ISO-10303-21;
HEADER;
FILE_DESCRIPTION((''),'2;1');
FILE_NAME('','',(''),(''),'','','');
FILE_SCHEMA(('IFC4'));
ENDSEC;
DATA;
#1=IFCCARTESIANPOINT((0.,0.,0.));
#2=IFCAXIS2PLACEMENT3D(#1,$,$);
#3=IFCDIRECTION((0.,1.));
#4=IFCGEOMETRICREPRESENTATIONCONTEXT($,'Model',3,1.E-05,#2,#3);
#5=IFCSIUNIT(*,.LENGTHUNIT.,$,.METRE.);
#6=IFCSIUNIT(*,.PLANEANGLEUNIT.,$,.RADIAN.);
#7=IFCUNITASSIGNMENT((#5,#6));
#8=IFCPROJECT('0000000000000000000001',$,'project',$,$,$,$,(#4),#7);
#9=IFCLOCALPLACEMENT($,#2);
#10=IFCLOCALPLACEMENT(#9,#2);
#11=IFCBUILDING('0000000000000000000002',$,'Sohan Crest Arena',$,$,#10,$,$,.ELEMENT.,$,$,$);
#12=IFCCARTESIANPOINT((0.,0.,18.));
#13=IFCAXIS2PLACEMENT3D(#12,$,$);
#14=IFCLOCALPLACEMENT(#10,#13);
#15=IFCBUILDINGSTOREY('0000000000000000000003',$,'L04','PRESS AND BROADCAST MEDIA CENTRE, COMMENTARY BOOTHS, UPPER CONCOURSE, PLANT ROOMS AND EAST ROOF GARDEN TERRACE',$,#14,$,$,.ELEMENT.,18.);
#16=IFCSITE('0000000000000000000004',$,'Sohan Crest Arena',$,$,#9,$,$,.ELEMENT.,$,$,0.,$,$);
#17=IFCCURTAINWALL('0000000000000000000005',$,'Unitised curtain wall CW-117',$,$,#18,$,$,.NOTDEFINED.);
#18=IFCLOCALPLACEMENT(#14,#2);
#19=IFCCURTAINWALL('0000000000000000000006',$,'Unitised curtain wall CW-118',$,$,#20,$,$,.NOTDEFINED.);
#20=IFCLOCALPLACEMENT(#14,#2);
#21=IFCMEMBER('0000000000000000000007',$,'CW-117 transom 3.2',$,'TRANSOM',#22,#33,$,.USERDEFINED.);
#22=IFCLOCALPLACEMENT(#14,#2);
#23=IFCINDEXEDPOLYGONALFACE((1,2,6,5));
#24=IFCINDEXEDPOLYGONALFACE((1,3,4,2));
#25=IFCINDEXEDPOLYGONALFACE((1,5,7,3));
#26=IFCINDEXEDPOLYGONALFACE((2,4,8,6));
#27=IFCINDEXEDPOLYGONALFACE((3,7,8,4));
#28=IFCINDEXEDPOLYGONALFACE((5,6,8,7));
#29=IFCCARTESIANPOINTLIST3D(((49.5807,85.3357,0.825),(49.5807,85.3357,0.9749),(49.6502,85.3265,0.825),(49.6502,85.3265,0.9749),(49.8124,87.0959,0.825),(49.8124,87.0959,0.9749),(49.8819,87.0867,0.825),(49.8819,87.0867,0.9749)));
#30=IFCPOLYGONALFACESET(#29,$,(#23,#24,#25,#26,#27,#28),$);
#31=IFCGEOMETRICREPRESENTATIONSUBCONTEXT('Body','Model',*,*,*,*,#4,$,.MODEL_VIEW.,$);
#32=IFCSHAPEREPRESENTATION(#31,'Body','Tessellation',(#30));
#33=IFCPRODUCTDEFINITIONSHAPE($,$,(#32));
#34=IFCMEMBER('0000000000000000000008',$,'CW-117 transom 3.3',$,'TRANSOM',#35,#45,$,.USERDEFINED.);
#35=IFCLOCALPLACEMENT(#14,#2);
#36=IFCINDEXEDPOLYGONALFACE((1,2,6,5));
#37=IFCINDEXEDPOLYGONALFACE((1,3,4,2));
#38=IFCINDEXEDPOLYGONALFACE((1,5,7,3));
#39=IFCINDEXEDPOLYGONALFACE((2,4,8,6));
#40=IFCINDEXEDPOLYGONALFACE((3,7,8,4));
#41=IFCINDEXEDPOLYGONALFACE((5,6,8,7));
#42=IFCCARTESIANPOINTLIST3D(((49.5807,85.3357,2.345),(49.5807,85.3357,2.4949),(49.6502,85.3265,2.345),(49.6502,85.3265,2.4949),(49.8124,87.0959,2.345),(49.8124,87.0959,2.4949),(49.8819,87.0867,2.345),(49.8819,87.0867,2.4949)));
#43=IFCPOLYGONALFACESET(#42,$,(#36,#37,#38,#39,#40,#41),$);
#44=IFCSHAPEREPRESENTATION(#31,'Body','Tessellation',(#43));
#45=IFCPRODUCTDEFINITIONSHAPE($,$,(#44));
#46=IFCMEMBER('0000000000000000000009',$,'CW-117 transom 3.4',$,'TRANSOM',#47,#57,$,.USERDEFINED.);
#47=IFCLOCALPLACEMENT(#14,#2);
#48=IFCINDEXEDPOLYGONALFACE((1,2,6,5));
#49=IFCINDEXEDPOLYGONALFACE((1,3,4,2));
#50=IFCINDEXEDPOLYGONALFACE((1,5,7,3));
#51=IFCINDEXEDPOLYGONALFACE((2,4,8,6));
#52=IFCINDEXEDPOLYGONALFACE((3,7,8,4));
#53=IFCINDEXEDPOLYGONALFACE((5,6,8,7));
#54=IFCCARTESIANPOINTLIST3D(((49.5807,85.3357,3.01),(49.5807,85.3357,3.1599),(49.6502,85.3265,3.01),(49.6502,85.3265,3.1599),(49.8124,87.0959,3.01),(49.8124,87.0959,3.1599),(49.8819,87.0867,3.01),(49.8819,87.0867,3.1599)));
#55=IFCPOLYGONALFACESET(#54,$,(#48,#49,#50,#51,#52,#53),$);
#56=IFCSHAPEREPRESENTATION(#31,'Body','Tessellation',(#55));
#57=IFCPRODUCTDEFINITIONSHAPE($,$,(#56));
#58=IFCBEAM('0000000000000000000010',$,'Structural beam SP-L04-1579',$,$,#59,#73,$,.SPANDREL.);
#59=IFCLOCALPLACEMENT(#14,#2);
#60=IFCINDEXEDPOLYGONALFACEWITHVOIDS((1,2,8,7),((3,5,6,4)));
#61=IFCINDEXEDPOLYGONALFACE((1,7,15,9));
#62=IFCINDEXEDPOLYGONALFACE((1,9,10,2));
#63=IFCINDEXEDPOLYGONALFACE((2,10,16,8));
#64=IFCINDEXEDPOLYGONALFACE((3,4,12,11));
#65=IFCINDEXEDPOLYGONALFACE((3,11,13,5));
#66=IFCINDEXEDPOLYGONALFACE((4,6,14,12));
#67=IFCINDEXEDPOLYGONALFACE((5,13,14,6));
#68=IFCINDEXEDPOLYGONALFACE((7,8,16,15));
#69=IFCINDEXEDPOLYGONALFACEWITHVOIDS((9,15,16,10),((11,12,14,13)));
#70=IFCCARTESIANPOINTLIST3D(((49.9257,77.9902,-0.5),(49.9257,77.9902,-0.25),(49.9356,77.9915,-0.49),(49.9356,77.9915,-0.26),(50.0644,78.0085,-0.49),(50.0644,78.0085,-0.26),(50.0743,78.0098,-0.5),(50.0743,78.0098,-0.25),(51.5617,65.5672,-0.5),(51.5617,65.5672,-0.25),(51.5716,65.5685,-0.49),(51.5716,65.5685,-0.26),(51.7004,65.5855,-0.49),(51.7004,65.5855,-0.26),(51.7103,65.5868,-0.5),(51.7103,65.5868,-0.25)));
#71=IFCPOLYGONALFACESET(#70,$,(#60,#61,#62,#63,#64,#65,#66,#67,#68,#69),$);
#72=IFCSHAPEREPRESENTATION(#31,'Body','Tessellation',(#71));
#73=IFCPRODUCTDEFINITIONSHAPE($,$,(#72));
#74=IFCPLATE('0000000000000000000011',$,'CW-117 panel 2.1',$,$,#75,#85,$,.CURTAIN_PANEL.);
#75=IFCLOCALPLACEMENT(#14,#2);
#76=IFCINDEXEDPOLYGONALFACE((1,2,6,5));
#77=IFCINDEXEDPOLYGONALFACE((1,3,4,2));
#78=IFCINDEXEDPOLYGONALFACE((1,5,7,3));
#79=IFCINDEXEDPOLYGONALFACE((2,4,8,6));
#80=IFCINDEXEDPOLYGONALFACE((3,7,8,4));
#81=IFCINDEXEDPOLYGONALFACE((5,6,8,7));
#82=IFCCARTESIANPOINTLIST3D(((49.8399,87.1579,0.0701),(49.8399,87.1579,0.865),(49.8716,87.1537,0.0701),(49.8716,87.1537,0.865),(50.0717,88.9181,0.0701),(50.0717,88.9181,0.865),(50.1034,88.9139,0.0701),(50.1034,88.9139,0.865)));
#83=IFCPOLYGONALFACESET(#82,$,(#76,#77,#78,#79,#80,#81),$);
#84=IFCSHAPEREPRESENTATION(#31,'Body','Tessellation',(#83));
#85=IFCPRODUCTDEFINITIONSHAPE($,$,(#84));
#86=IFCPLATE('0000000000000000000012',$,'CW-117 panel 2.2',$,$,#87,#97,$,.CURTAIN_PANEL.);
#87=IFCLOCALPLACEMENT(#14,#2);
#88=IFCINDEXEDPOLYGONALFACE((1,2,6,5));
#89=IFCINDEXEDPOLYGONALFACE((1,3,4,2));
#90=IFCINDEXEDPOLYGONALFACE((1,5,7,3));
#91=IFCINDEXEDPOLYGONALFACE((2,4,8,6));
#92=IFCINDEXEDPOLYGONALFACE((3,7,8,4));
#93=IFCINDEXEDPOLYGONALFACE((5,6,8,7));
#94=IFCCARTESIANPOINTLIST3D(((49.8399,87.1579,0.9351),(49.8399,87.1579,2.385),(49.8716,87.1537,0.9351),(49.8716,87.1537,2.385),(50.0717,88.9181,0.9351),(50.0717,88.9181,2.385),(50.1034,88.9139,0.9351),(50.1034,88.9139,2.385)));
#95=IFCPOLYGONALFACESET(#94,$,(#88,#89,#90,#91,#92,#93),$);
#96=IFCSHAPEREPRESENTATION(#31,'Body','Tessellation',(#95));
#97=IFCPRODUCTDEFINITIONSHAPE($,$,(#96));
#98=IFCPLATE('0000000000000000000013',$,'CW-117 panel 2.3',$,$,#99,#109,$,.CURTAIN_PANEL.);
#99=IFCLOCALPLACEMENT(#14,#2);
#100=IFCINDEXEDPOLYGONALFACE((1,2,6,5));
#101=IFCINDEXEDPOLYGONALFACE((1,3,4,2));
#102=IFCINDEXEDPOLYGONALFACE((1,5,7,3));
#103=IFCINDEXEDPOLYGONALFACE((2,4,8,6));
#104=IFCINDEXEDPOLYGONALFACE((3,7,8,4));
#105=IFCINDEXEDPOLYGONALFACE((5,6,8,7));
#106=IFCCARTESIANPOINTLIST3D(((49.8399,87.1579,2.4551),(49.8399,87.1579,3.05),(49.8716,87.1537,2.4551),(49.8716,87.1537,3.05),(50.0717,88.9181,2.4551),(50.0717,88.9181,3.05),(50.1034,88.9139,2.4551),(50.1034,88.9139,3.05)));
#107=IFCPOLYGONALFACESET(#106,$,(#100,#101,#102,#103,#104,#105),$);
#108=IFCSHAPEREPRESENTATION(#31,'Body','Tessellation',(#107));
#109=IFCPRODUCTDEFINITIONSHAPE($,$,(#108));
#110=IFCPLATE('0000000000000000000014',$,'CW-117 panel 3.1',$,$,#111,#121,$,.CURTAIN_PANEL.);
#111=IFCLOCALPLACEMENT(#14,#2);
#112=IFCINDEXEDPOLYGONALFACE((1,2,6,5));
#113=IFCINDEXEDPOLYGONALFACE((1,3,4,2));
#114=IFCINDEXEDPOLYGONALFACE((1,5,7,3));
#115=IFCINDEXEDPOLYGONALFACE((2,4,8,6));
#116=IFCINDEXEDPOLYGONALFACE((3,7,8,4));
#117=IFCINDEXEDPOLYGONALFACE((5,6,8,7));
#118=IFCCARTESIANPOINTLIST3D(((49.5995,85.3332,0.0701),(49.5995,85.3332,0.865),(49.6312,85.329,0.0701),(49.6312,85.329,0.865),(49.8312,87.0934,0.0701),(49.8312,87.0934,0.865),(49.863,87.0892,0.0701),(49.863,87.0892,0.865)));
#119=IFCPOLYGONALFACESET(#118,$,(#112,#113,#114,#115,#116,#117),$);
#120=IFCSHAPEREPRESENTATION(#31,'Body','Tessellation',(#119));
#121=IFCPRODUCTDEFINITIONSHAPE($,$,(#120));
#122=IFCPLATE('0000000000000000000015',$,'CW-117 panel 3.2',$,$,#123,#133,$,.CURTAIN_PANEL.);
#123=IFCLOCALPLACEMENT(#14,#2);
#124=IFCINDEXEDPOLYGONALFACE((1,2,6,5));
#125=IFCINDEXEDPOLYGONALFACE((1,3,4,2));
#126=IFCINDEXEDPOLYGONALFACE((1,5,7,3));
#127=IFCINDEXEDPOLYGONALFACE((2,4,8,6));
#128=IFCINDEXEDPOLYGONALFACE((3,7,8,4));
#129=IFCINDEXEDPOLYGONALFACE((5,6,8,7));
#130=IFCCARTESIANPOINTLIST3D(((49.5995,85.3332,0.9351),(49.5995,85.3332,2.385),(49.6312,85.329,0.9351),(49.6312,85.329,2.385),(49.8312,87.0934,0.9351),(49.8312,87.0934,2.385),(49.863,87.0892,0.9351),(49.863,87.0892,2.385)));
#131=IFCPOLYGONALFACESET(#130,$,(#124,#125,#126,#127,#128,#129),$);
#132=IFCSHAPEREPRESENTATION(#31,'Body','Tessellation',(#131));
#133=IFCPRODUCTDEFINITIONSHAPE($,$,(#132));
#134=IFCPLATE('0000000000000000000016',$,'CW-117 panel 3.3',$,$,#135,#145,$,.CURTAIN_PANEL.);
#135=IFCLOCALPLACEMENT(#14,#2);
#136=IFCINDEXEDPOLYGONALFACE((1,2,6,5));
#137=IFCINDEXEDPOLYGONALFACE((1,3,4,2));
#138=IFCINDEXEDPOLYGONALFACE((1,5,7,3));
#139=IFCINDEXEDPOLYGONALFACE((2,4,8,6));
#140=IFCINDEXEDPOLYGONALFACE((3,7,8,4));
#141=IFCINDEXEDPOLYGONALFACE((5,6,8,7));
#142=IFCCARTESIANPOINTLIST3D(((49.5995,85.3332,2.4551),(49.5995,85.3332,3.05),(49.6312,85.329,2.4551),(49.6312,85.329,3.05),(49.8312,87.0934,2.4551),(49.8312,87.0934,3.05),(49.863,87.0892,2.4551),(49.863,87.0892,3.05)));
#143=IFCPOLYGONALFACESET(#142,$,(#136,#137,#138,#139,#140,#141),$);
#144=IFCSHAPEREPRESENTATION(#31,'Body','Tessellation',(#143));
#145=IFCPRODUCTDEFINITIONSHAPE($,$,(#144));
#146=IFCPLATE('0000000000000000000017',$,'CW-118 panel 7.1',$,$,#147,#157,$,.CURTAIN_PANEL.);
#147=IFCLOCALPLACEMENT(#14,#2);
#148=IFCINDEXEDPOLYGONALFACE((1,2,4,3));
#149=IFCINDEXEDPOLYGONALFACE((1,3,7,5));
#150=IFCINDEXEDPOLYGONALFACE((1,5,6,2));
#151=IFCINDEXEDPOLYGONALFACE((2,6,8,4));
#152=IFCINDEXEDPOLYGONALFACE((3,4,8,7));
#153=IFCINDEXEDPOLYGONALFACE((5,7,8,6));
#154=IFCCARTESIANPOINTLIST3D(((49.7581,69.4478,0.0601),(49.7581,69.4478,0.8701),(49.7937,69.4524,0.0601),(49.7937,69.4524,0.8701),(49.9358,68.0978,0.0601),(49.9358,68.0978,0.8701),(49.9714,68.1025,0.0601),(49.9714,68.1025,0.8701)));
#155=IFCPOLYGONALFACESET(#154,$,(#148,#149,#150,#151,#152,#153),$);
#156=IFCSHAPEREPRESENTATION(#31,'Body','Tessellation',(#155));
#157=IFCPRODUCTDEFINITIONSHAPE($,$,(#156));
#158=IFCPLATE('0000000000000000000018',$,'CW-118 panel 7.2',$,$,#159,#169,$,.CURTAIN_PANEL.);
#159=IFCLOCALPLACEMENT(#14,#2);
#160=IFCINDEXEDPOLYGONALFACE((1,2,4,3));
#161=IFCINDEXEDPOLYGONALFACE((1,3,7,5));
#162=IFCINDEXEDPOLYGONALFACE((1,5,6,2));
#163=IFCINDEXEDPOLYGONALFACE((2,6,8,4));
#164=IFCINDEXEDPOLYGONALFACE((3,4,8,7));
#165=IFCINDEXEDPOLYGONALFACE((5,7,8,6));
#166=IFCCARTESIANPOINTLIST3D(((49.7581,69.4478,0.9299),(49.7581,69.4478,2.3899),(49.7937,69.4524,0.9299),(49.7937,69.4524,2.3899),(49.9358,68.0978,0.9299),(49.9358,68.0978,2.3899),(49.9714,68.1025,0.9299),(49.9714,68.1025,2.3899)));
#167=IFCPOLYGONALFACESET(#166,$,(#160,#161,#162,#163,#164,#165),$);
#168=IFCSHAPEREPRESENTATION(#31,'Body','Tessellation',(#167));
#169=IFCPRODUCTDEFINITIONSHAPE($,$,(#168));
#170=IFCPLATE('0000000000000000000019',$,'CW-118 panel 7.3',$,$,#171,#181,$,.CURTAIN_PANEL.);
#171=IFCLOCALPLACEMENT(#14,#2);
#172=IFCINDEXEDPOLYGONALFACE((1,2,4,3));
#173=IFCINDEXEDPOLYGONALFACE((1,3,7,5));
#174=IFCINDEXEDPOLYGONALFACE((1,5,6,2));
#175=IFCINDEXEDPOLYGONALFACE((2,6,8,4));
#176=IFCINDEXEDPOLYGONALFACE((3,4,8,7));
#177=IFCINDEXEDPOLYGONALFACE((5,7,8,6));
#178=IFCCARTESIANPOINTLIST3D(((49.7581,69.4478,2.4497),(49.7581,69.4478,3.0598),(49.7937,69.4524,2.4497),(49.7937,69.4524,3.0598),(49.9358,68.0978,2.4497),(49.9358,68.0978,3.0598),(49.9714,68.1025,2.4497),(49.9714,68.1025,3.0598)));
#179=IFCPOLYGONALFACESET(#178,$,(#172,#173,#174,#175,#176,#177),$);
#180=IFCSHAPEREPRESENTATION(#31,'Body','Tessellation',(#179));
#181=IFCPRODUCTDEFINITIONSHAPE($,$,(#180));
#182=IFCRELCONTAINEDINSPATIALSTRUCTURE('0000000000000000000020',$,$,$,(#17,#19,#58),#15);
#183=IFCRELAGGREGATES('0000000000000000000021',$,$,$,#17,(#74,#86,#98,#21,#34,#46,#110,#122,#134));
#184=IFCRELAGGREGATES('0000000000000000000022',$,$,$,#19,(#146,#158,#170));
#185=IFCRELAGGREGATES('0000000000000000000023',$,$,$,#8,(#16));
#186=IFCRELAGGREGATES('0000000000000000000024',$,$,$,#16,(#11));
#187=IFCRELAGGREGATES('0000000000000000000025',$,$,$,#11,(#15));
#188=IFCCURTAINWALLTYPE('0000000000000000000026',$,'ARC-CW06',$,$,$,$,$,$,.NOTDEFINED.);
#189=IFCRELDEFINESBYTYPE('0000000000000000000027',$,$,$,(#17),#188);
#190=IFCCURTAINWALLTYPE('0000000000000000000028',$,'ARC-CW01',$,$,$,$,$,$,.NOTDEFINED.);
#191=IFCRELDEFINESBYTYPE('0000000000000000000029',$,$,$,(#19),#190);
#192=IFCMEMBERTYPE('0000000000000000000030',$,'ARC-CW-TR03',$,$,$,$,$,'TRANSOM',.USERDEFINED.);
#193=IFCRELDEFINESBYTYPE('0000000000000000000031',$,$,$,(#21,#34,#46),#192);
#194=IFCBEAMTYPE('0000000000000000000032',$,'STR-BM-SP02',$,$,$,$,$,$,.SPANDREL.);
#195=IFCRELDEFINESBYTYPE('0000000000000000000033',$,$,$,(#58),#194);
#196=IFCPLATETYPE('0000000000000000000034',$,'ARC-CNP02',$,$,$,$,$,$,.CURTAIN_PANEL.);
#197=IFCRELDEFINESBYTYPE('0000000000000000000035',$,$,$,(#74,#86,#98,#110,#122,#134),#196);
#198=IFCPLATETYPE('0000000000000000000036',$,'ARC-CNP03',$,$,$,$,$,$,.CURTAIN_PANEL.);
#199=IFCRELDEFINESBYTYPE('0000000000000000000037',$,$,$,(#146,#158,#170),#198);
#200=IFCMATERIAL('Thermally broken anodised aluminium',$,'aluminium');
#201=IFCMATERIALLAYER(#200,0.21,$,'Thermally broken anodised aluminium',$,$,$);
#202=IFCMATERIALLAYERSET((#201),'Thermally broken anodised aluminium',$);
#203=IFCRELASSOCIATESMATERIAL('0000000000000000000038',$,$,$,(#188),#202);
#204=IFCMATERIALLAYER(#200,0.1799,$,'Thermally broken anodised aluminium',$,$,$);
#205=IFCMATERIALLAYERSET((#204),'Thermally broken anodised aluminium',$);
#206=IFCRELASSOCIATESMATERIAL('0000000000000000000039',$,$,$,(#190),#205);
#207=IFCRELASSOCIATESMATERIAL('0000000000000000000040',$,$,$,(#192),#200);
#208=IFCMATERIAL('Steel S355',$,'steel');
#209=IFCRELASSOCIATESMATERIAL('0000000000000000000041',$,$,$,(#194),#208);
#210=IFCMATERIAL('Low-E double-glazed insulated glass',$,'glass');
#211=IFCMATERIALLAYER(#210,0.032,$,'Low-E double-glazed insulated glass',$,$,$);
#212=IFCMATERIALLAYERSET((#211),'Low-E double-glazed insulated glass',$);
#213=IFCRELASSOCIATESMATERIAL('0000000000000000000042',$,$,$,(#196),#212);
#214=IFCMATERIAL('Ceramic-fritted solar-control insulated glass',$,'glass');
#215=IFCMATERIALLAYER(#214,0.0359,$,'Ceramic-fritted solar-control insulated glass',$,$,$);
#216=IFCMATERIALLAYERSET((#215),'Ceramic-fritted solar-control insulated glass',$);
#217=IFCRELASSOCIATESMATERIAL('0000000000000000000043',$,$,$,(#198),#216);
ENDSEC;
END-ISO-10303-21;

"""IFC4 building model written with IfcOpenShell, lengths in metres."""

from ifc_helpers import new_model, si_unit, direction, frame, origin, origin_2d, place, context, subcontext, project, spatial, rectangle, hollow_rectangle, extrude, material, layer, layer_set, material_profile, profile_set, type_object, element, aggregate, save


model = new_model("IFC4")

# Units and contexts
model_context = context("Model", 3, precision=1e-05, world=origin(), true_north=direction((0.0, 1.0)))
body_context = subcontext(model_context, "Body", "Model", "MODEL_VIEW")
ifc_project = project(units=[si_unit("LENGTHUNIT", "METRE"), si_unit("PLANEANGLEUNIT", "RADIAN")], contexts=[model_context])

# Site, building, storey
site_placement = place(None, origin())
site = spatial("IfcSite", under=ifc_project, at=site_placement, Name="Sohan Crest Arena", CompositionType="ELEMENT", RefElevation=0.0)
building_placement = place(site_placement, origin())
building = spatial("IfcBuilding", under=site, at=building_placement, Name="Sohan Crest Arena", CompositionType="ELEMENT")
storey_placement = place(building_placement, frame((0.0, 0.0, 18.0)))
storey = spatial("IfcBuildingStorey", under=building, at=storey_placement, Name="L04", Description="PRESS AND BROADCAST MEDIA CENTRE, COMMENTARY BOOTHS, UPPER CONCOURSE, PLANT ROOMS AND EAST ROOF GARDEN TERRACE", CompositionType="ELEMENT", Elevation=18.0)

# Shared definitions
ifc_material_1 = material(Name="Steel S355", Category="steel")

# Curtain wall
ifc_material_2 = material(Name="Thermally broken anodised aluminium", Category="aluminium")
ifc_layer_1 = layer(ifc_material_2, 0.21, Name="Thermally broken anodised aluminium")
ifc_layer_set_1 = layer_set([ifc_layer_1], Name="Thermally broken anodised aluminium")
curtain_wall_type_1 = type_object("IfcCurtainWallType", Name="ARC-CW06", PredefinedType="NOTDEFINED", material=ifc_layer_set_1)
curtain_wall_1_placement = place(storey_placement, origin())
curtain_wall_1 = element("IfcCurtainWall", 1, at=curtain_wall_1_placement, inside=storey, type_object=curtain_wall_type_1, Name="Unitised curtain wall CW-117", PredefinedType="NOTDEFINED")

# Curtain wall
ifc_layer_2 = layer(ifc_material_2, 0.1799, Name="Thermally broken anodised aluminium")
ifc_layer_set_2 = layer_set([ifc_layer_2], Name="Thermally broken anodised aluminium")
curtain_wall_type_2 = type_object("IfcCurtainWallType", Name="ARC-CW01", PredefinedType="NOTDEFINED", material=ifc_layer_set_2)
curtain_wall_2_placement = place(storey_placement, origin())
curtain_wall_2 = element("IfcCurtainWall", 2, at=curtain_wall_2_placement, inside=storey, type_object=curtain_wall_type_2, Name="Unitised curtain wall CW-118", PredefinedType="NOTDEFINED")

# Members
ifc_material_profile_1 = material_profile(ifc_material_2, rectangle(XDim=0.0701, YDim=0.1499, at=origin_2d()), Name="ALU-TRAN 70x150")
ifc_profile_set_1 = profile_set([ifc_material_profile_1], Name="Thermally broken anodised aluminium")
member_type_1 = type_object("IfcMemberType", Name="ARC-CW-TR03", ElementType="TRANSOM", PredefinedType="USERDEFINED", material=ifc_profile_set_1)
member_1_placement = place(storey_placement, frame((49.8472, 87.0913, 0.8999), z_axis=(-0.130497, -0.991449, 0.0), x_axis=(0.991449, -0.130497, 0.0)))
member_1 = element("IfcMember", 3, at=member_1_placement, type_object=member_type_1, Name="CW-117 transom 3.2", ObjectType="TRANSOM", PredefinedType="USERDEFINED", context=body_context, shape_type="SweptSolid", body=[
    extrude(rectangle(XDim=0.0701, YDim=0.1499, at=origin_2d()), origin(), (0.0, 0.0, 1.0), 1.7754),
])
member_2_placement = place(storey_placement, frame((49.8472, 87.0913, 2.4199), z_axis=(-0.130497, -0.991449, 0.0), x_axis=(0.991449, -0.130497, 0.0)))
member_2 = element("IfcMember", 4, at=member_2_placement, type_object=member_type_1, Name="CW-117 transom 3.3", ObjectType="TRANSOM", PredefinedType="USERDEFINED", context=body_context, shape_type="SweptSolid", body=[
    extrude(rectangle(XDim=0.0701, YDim=0.1499, at=origin_2d()), origin(), (0.0, 0.0, 1.0), 1.7754),
])
member_3_placement = place(storey_placement, frame((49.8472, 87.0913, 3.085), z_axis=(-0.130497, -0.991449, 0.0), x_axis=(0.991449, -0.130497, 0.0)))
member_3 = element("IfcMember", 5, at=member_3_placement, type_object=member_type_1, Name="CW-117 transom 3.4", ObjectType="TRANSOM", PredefinedType="USERDEFINED", context=body_context, shape_type="SweptSolid", body=[
    extrude(rectangle(XDim=0.0701, YDim=0.1499, at=origin_2d()), origin(), (0.0, 0.0, 1.0), 1.7754),
])

# Beam
ifc_material_profile_2 = material_profile(ifc_material_1, hollow_rectangle(XDim=0.1499, YDim=0.25, WallThickness=0.01, at=origin_2d()), Name="RHS 250x150x10")
ifc_profile_set_2 = profile_set([ifc_material_profile_2], Name="Steel S355")
beam_type = type_object("IfcBeamType", Name="STR-BM-SP02", PredefinedType="SPANDREL", material=ifc_profile_set_2)
beam_placement = place(storey_placement, frame((50.0, 78.0, -0.375), z_axis=(0.130562, -0.99144, 0.0), x_axis=(0.99144, 0.130562, 0.0)))
element("IfcBeam", 6, at=beam_placement, inside=storey, type_object=beam_type, Name="Structural beam SP-L04-1579", PredefinedType="SPANDREL", context=body_context, shape_type="SweptSolid", body=[
    extrude(hollow_rectangle(XDim=0.1499, YDim=0.25, WallThickness=0.01, at=origin_2d()), origin(), (0.0, 0.0, 1.0), 12.5303),
])

# Plates
ifc_material_3 = material(Name="Low-E double-glazed insulated glass", Category="glass")
ifc_layer_3 = layer(ifc_material_3, 0.032, Name="Low-E double-glazed insulated glass")
ifc_layer_set_3 = layer_set([ifc_layer_3], Name="Low-E double-glazed insulated glass")
plate_type_1 = type_object("IfcPlateType", Name="ARC-CNP02", PredefinedType="CURTAIN_PANEL", material=ifc_layer_set_3)
plate_1_placement = place(storey_placement, frame((49.9717, 88.0359, 0.0701), z_axis=(0.0, 0.0, 1.0), x_axis=(-0.130557, -0.991441, 0.0)))
plate_1 = element("IfcPlate", 7, at=plate_1_placement, type_object=plate_type_1, Name="CW-117 panel 2.1", PredefinedType="CURTAIN_PANEL", context=body_context, shape_type="SweptSolid", body=[
    extrude(rectangle(XDim=1.7754, YDim=0.032, at=origin_2d()), origin(), (0.0, 0.0, 1.0), 0.7949),
])
plate_2_placement = place(storey_placement, frame((49.9717, 88.0359, 0.9351), z_axis=(0.0, 0.0, 1.0), x_axis=(-0.130557, -0.991441, 0.0)))
plate_2 = element("IfcPlate", 8, at=plate_2_placement, type_object=plate_type_1, Name="CW-117 panel 2.2", PredefinedType="CURTAIN_PANEL", context=body_context, shape_type="SweptSolid", body=[
    extrude(rectangle(XDim=1.7754, YDim=0.032, at=origin_2d()), origin(), (0.0, 0.0, 1.0), 1.45),
])
plate_3_placement = place(storey_placement, frame((49.9717, 88.0359, 2.4551), z_axis=(0.0, 0.0, 1.0), x_axis=(-0.130557, -0.991441, 0.0)))
plate_3 = element("IfcPlate", 9, at=plate_3_placement, type_object=plate_type_1, Name="CW-117 panel 2.3", PredefinedType="CURTAIN_PANEL", context=body_context, shape_type="SweptSolid", body=[
    extrude(rectangle(XDim=1.7754, YDim=0.032, at=origin_2d()), origin(), (0.0, 0.0, 1.0), 0.595),
])
plate_4_placement = place(storey_placement, frame((49.7312, 86.2112, 0.0701), z_axis=(0.0, 0.0, 1.0), x_axis=(-0.130557, -0.991441, 0.0)))
plate_4 = element("IfcPlate", 10, at=plate_4_placement, type_object=plate_type_1, Name="CW-117 panel 3.1", PredefinedType="CURTAIN_PANEL", context=body_context, shape_type="SweptSolid", body=[
    extrude(rectangle(XDim=1.7754, YDim=0.032, at=origin_2d()), origin(), (0.0, 0.0, 1.0), 0.7949),
])
plate_5_placement = place(storey_placement, frame((49.7312, 86.2112, 0.9351), z_axis=(0.0, 0.0, 1.0), x_axis=(-0.130557, -0.991441, 0.0)))
plate_5 = element("IfcPlate", 11, at=plate_5_placement, type_object=plate_type_1, Name="CW-117 panel 3.2", PredefinedType="CURTAIN_PANEL", context=body_context, shape_type="SweptSolid", body=[
    extrude(rectangle(XDim=1.7754, YDim=0.032, at=origin_2d()), origin(), (0.0, 0.0, 1.0), 1.45),
])
plate_6_placement = place(storey_placement, frame((49.7312, 86.2112, 2.4551), z_axis=(0.0, 0.0, 1.0), x_axis=(-0.130557, -0.991441, 0.0)))
plate_6 = element("IfcPlate", 12, at=plate_6_placement, type_object=plate_type_1, Name="CW-117 panel 3.3", PredefinedType="CURTAIN_PANEL", context=body_context, shape_type="SweptSolid", body=[
    extrude(rectangle(XDim=1.7754, YDim=0.032, at=origin_2d()), origin(), (0.0, 0.0, 1.0), 0.595),
])
aggregate(curtain_wall_1, [plate_1, plate_2, plate_3, member_1, member_2, member_3, plate_4, plate_5, plate_6])
ifc_material_4 = material(Name="Ceramic-fritted solar-control insulated glass", Category="glass")
ifc_layer_4 = layer(ifc_material_4, 0.0359, Name="Ceramic-fritted solar-control insulated glass")
ifc_layer_set_4 = layer_set([ifc_layer_4], Name="Ceramic-fritted solar-control insulated glass")
plate_type_2 = type_object("IfcPlateType", Name="ARC-CNP03", PredefinedType="CURTAIN_PANEL", material=ifc_layer_set_4)
plate_7_placement = place(storey_placement, frame((49.8647, 68.7751, 0.0601), z_axis=(0.0, 0.0, 1.0), x_axis=(0.130557, -0.991441, 0.0)))
plate_7 = element("IfcPlate", 13, at=plate_7_placement, type_object=plate_type_2, Name="CW-118 panel 7.1", PredefinedType="CURTAIN_PANEL", context=body_context, shape_type="SweptSolid", body=[
    extrude(rectangle(XDim=1.3616, YDim=0.0359, at=origin_2d()), origin(), (0.0, 0.0, 1.0), 0.8101),
])
plate_8_placement = place(storey_placement, frame((49.8647, 68.7751, 0.9299), z_axis=(0.0, 0.0, 1.0), x_axis=(0.130557, -0.991441, 0.0)))
plate_8 = element("IfcPlate", 14, at=plate_8_placement, type_object=plate_type_2, Name="CW-118 panel 7.2", PredefinedType="CURTAIN_PANEL", context=body_context, shape_type="SweptSolid", body=[
    extrude(rectangle(XDim=1.3616, YDim=0.0359, at=origin_2d()), origin(), (0.0, 0.0, 1.0), 1.46),
])
plate_9_placement = place(storey_placement, frame((49.8647, 68.7751, 2.4497), z_axis=(0.0, 0.0, 1.0), x_axis=(0.130557, -0.991441, 0.0)))
plate_9 = element("IfcPlate", 15, at=plate_9_placement, type_object=plate_type_2, Name="CW-118 panel 7.3", PredefinedType="CURTAIN_PANEL", context=body_context, shape_type="SweptSolid", body=[
    extrude(rectangle(XDim=1.3616, YDim=0.0359, at=origin_2d()), origin(), (0.0, 0.0, 1.0), 0.6101),
])
aggregate(curtain_wall_2, [plate_7, plate_8, plate_9])

save(model, "model.ifc")
